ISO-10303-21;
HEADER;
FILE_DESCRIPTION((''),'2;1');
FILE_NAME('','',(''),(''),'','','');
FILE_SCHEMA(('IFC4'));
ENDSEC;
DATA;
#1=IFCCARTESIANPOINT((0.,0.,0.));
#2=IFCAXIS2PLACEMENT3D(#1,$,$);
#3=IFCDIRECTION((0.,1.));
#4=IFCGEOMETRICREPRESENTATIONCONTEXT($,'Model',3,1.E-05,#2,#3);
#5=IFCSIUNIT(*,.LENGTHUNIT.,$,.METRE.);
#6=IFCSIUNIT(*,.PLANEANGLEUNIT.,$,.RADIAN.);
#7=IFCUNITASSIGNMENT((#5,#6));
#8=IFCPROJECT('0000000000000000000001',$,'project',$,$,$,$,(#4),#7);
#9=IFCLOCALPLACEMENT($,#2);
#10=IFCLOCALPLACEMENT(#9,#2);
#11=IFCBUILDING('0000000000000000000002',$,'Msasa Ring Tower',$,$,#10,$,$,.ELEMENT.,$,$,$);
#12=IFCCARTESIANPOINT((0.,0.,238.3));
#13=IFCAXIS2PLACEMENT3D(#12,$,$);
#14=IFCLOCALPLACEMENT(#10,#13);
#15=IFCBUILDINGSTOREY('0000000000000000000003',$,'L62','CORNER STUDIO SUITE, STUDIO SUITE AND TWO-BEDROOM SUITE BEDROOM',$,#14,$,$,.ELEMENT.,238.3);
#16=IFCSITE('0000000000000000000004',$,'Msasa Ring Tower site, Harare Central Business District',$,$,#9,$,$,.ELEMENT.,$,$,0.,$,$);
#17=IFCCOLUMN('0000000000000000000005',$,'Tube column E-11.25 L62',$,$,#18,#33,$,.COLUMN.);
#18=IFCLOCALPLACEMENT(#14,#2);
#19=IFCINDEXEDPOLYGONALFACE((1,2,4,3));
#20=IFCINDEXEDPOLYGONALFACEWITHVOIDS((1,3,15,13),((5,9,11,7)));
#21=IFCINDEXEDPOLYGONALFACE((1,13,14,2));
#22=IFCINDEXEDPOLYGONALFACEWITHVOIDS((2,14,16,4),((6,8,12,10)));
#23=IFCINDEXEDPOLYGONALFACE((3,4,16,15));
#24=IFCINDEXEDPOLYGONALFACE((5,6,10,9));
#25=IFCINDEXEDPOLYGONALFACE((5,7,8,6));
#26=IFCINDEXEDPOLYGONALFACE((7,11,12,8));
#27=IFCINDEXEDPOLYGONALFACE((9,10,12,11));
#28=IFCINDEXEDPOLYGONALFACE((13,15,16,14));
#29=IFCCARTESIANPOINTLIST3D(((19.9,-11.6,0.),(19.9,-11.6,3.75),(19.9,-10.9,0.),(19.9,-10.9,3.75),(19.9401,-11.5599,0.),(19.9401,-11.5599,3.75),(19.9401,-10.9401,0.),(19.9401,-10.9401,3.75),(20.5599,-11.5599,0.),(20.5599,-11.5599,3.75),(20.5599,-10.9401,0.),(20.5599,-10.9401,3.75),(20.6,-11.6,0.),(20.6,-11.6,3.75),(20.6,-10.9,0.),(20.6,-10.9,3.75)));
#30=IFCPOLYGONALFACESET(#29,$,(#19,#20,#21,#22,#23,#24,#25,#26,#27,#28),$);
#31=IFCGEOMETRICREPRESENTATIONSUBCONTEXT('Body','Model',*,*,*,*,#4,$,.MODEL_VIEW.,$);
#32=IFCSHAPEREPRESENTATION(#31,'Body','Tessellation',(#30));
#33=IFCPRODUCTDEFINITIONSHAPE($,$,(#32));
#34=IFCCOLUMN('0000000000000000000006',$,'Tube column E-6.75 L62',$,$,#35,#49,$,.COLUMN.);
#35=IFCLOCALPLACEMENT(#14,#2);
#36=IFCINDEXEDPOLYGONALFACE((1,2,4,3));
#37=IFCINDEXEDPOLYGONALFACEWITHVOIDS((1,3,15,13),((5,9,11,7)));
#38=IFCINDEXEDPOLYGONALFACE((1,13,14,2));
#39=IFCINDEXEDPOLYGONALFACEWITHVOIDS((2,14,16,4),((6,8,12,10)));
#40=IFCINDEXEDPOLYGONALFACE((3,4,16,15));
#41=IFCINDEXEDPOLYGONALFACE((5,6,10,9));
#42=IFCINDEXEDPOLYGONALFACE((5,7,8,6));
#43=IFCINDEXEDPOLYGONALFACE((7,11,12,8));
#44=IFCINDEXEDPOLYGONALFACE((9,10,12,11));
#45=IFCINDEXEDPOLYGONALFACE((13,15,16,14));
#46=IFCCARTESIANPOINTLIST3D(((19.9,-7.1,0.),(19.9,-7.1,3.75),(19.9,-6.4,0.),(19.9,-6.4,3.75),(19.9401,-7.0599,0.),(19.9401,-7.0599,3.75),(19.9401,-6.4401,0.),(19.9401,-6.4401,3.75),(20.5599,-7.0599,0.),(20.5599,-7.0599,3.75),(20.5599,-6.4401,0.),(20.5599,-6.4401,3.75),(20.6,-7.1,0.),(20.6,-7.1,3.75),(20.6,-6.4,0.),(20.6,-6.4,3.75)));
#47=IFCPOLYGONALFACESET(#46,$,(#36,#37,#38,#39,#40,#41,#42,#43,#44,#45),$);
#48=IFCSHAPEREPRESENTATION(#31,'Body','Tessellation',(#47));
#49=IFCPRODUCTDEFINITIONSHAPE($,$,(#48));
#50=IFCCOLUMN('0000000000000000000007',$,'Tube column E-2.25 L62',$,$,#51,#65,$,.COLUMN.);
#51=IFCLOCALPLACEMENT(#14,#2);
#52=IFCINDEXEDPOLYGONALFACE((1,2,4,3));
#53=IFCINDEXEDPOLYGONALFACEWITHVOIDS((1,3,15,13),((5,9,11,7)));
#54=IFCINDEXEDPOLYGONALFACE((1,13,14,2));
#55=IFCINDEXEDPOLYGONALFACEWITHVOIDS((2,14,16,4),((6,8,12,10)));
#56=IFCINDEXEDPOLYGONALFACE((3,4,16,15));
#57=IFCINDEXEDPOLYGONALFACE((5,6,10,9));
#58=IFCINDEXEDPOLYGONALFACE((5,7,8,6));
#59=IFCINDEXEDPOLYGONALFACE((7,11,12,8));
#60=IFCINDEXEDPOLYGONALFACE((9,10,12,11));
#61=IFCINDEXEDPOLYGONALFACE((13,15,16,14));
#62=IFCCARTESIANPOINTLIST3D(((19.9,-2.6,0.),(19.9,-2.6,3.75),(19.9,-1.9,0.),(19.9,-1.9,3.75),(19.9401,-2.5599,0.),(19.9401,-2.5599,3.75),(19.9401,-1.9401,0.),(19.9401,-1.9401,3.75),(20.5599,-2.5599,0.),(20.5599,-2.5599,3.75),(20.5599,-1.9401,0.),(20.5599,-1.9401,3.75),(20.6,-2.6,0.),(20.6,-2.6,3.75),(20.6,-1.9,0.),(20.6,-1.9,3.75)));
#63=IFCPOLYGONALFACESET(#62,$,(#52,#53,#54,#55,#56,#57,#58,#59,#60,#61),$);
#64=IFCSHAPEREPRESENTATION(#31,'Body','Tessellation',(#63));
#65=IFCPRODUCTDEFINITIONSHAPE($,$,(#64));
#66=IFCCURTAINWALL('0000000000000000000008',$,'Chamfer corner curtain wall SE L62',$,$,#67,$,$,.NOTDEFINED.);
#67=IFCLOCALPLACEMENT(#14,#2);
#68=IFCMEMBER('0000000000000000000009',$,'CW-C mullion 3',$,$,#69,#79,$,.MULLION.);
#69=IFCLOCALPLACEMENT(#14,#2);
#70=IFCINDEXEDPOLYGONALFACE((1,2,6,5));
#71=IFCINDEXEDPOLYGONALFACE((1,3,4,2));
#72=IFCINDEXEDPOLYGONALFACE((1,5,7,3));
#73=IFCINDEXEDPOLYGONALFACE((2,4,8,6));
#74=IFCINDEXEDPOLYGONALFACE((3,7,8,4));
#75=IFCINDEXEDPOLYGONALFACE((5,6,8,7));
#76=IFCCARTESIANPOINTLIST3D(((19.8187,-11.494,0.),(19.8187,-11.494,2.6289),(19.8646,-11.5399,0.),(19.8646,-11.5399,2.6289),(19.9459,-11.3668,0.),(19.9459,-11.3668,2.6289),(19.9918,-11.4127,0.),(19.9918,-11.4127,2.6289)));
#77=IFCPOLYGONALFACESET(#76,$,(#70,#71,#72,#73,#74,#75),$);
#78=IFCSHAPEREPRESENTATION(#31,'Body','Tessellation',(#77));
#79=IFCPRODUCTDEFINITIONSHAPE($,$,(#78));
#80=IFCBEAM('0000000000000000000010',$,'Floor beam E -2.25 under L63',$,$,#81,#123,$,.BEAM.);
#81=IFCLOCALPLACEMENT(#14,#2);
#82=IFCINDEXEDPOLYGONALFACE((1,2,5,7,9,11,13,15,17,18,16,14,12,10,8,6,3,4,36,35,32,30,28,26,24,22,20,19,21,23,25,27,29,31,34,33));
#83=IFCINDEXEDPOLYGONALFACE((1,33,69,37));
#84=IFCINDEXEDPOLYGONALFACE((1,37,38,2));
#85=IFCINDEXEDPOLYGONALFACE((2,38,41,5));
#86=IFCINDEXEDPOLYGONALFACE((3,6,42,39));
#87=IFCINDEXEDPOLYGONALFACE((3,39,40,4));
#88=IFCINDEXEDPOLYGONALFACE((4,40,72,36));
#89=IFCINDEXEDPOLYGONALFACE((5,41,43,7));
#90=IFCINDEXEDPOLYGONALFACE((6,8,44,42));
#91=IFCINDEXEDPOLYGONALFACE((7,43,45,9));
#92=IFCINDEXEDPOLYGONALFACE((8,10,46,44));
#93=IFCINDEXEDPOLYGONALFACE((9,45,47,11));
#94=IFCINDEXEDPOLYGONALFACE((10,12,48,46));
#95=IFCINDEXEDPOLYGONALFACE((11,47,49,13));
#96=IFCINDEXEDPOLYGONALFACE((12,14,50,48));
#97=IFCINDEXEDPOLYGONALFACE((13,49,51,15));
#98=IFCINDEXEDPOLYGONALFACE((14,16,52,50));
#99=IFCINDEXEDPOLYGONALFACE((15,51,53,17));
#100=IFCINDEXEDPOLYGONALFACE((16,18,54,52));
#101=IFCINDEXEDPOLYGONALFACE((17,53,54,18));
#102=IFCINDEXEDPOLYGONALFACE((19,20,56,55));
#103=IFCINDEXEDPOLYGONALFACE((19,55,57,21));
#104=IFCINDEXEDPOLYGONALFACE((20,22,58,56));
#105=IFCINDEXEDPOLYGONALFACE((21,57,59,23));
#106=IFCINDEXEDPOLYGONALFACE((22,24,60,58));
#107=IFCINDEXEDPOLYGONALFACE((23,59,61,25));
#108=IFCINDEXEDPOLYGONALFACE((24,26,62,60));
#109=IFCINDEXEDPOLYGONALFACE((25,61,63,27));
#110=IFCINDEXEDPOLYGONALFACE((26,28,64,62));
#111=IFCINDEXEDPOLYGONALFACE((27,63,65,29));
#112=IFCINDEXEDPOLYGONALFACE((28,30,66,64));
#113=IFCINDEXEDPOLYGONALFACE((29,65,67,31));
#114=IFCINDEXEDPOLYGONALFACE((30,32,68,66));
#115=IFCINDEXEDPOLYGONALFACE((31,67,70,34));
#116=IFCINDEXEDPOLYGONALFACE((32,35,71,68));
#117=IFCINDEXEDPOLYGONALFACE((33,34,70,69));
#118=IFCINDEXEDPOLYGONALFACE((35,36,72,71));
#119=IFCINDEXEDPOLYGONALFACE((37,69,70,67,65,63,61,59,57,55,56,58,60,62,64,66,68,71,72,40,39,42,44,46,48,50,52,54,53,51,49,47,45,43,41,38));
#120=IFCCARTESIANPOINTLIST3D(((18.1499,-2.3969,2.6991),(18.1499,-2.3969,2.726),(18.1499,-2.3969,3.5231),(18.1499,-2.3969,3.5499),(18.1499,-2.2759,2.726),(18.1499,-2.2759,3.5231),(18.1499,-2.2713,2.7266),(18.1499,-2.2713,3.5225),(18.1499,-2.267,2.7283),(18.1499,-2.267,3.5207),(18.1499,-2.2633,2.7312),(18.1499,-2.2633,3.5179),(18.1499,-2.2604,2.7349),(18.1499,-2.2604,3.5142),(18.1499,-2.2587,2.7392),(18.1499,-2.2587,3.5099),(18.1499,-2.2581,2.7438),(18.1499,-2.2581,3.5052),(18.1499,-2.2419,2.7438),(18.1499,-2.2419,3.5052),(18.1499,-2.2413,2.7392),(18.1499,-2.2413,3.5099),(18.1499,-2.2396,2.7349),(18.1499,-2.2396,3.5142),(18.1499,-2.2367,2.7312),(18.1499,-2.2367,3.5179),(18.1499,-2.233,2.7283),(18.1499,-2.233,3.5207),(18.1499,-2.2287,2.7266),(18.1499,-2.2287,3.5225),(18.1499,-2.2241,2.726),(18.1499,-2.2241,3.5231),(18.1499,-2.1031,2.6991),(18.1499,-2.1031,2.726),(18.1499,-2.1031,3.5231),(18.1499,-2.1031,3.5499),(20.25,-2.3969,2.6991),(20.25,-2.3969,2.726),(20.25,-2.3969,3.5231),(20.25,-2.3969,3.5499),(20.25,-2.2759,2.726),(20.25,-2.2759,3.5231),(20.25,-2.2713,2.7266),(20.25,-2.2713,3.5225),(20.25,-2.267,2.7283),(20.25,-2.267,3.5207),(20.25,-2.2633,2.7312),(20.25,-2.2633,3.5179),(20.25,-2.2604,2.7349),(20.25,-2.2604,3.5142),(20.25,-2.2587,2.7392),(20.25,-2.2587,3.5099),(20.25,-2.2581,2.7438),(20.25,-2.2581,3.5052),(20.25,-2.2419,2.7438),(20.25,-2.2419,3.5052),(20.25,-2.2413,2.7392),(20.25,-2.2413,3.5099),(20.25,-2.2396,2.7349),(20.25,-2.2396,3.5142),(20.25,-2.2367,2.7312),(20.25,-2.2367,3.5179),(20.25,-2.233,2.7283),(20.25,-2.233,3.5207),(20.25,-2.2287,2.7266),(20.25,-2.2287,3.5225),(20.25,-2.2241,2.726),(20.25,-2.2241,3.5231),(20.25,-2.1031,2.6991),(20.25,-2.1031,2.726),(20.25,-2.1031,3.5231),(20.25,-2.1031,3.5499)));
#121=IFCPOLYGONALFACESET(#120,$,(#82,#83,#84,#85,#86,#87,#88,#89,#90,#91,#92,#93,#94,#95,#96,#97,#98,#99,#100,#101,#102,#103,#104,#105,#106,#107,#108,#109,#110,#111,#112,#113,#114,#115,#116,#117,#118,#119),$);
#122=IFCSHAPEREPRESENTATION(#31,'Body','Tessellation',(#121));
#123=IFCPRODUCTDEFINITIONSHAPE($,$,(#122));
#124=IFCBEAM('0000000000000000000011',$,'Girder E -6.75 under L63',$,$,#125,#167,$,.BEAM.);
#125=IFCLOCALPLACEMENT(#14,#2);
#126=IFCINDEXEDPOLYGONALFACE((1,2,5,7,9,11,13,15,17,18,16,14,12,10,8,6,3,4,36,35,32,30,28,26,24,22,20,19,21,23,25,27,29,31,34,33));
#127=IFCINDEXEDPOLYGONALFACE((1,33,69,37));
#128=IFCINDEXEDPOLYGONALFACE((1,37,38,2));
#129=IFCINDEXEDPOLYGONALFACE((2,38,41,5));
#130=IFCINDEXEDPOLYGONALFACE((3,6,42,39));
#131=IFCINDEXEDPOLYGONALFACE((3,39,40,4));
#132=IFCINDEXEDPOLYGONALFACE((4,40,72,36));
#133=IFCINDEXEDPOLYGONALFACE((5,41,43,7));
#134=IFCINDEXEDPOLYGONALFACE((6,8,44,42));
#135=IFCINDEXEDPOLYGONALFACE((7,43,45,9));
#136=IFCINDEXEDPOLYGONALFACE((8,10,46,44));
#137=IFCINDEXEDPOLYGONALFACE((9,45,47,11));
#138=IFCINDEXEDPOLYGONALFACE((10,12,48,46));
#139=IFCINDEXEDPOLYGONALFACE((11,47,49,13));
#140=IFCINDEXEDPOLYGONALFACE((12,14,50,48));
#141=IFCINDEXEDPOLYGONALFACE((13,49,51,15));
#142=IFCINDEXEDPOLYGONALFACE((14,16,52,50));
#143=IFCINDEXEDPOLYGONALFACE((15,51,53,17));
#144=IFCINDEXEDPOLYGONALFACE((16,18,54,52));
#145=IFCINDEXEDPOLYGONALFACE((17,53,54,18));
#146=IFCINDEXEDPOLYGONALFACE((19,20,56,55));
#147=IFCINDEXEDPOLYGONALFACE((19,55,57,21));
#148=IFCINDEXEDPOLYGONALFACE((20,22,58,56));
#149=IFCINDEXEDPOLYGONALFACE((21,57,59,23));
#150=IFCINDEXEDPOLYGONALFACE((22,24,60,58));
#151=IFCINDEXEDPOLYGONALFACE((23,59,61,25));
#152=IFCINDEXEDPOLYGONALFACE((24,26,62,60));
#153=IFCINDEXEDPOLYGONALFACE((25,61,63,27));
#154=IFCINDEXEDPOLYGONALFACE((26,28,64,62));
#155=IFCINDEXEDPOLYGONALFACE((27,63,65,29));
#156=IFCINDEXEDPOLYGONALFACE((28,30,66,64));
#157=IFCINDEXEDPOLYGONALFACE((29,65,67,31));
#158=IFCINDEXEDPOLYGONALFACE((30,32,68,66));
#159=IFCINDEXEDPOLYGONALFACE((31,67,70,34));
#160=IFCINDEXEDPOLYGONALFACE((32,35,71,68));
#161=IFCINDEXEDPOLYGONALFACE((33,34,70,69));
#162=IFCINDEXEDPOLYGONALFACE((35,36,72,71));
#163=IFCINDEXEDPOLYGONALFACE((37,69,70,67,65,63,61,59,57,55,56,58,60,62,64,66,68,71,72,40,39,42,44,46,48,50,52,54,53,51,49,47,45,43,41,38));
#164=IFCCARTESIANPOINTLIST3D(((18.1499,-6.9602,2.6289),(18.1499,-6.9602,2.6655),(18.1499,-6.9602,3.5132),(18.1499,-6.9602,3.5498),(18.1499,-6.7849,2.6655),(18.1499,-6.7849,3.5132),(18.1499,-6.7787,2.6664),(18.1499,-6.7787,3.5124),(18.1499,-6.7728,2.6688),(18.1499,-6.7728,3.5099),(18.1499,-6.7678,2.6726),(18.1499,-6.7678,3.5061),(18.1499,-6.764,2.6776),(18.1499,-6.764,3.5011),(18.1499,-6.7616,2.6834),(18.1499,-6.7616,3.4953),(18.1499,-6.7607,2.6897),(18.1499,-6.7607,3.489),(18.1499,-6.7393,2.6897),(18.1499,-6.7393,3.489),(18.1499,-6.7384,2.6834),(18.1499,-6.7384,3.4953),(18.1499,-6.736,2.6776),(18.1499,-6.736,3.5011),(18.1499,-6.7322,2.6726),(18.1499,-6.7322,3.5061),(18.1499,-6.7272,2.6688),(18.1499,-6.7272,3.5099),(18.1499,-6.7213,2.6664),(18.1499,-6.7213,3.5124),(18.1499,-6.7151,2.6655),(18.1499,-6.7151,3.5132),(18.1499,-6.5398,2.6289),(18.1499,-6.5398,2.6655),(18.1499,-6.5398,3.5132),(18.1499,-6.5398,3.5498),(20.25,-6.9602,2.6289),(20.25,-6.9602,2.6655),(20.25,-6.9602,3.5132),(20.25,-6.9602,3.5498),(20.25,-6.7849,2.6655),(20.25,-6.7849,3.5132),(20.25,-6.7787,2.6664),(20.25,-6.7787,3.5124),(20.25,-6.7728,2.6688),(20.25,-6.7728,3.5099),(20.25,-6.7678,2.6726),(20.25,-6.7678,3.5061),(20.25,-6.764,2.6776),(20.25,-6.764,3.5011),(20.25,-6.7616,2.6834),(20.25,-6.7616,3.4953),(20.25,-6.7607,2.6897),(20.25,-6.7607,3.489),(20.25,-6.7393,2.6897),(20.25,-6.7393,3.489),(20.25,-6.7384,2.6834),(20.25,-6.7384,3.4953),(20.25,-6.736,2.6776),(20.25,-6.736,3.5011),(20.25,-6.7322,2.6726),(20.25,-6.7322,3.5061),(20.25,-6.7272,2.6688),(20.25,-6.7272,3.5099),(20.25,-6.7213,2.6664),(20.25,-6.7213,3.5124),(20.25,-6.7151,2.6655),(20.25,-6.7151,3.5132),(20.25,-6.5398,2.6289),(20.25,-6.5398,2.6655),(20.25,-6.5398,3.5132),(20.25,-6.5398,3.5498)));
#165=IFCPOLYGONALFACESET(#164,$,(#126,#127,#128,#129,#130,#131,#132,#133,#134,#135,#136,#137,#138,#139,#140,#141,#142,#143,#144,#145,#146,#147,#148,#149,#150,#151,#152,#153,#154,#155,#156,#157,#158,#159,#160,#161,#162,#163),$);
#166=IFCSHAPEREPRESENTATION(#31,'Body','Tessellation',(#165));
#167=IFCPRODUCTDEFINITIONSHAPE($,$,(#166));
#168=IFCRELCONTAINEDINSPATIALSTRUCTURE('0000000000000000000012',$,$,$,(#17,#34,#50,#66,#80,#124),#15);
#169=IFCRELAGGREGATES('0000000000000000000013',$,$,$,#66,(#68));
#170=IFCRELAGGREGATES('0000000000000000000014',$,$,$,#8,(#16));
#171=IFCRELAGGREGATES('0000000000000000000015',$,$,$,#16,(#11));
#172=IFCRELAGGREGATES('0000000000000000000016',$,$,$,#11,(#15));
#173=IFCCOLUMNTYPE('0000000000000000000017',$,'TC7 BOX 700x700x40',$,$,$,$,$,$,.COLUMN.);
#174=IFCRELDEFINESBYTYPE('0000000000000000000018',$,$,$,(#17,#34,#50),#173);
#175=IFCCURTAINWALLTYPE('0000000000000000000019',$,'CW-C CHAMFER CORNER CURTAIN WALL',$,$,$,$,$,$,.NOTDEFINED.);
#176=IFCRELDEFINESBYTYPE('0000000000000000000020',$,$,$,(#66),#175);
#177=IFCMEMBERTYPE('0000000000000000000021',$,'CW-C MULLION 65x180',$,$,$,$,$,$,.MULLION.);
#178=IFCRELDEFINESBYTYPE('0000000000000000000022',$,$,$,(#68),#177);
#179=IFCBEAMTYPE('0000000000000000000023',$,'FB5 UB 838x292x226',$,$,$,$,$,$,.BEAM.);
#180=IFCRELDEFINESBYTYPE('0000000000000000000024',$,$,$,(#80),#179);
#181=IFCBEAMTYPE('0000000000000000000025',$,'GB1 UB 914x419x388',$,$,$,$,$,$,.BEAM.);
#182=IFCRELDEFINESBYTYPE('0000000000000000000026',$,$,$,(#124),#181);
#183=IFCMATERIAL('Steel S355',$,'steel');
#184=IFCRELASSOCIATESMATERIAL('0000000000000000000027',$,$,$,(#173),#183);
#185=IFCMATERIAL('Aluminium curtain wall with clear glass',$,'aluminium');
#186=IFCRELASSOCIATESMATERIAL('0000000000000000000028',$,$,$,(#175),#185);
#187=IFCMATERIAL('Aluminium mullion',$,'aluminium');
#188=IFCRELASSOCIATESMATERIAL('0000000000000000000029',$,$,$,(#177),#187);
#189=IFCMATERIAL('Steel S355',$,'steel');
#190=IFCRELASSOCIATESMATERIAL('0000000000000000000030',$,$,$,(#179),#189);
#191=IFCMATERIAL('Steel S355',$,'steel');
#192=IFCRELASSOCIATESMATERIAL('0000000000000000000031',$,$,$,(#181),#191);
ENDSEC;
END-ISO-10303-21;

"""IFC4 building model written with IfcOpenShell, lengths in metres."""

from ifc_helpers import new_model, si_unit, direction, frame, origin, origin_2d, place, context, subcontext, project, spatial, rectangle, hollow_rectangle, i_section, extrude, material, material_profile, profile_set, type_object, element, aggregate, save


model = new_model("IFC4")

# Units and contexts
model_context = context("Model", 3, precision=1e-05, world=origin(), true_north=direction((0.0, 1.0)))
body_context = subcontext(model_context, "Body", "Model", "MODEL_VIEW")
ifc_project = project(units=[si_unit("LENGTHUNIT", "METRE"), si_unit("PLANEANGLEUNIT", "RADIAN")], contexts=[model_context])

# Site, building, storey
site_placement = place(None, origin())
site = spatial("IfcSite", under=ifc_project, at=site_placement, Name="Msasa Ring Tower site, Harare Central Business District", CompositionType="ELEMENT", RefElevation=0.0)
building_placement = place(site_placement, origin())
building = spatial("IfcBuilding", under=site, at=building_placement, Name="Msasa Ring Tower", CompositionType="ELEMENT")
storey_placement = place(building_placement, frame((0.0, 0.0, 238.3)))
storey = spatial("IfcBuildingStorey", under=building, at=storey_placement, Name="L62", Description="CORNER STUDIO SUITE, STUDIO SUITE AND TWO-BEDROOM SUITE BEDROOM", CompositionType="ELEMENT", Elevation=238.3)

# Columns
ifc_material_1 = material(Name="Steel S355", Category="steel")
ifc_material_profile_1 = material_profile(ifc_material_1, hollow_rectangle(XDim=0.7, YDim=0.7, WallThickness=0.04, at=origin_2d()), Name="BOX 700x700x40")
ifc_profile_set_1 = profile_set([ifc_material_profile_1], Name="Steel S355")
column_type = type_object("IfcColumnType", Name="TC7 BOX 700x700x40", PredefinedType="COLUMN", material=ifc_profile_set_1)
for number, where, z_axis, x_axis, name in (
    (1, (20.25, -11.25, 0.0), (0.0, 0.0, 1.0), (1.0, 0.0, 0.0), "Tube column E-11.25 L62"),
    (2, (20.25, -6.75, 0.0), (0.0, 0.0, 1.0), (1.0, 0.0, 0.0), "Tube column E-6.75 L62"),
    (3, (20.25, -2.25, 0.0), (0.0, 0.0, 1.0), (1.0, 0.0, 0.0), "Tube column E-2.25 L62"),
):
    element("IfcColumn", number, at=place(storey_placement, frame(where, z_axis=z_axis, x_axis=x_axis)), inside=storey, type_object=column_type, Name=name, PredefinedType="COLUMN", context=body_context, shape_type="SweptSolid", body=[
        extrude(hollow_rectangle(XDim=0.7, YDim=0.7, WallThickness=0.04, at=origin_2d()), origin(), (0.0, 0.0, 1.0), 3.75),
    ])

# Curtain wall, member
ifc_material_2 = material(Name="Aluminium curtain wall with clear glass", Category="aluminium")
curtain_wall_type = type_object("IfcCurtainWallType", Name="CW-C CHAMFER CORNER CURTAIN WALL", PredefinedType="NOTDEFINED", material=ifc_material_2)
curtain_wall_placement = place(storey_placement, origin())
curtain_wall = element("IfcCurtainWall", 4, at=curtain_wall_placement, inside=storey, type_object=curtain_wall_type, Name="Chamfer corner curtain wall SE L62", PredefinedType="NOTDEFINED")
ifc_material_3 = material(Name="Aluminium mullion", Category="aluminium")
ifc_material_profile_2 = material_profile(ifc_material_3, rectangle(XDim=0.0649, YDim=0.1799, at=origin_2d()), Name="AL 65x180")
ifc_profile_set_2 = profile_set([ifc_material_profile_2], Name="Aluminium mullion")
member_type = type_object("IfcMemberType", Name="CW-C MULLION 65x180", PredefinedType="MULLION", material=ifc_profile_set_2)
member_placement = place(storey_placement, frame((19.9053, -11.4534, 0.0), z_axis=(0.0, 0.0, 1.0), x_axis=(-0.707107, 0.707107, 0.0)))
member = element("IfcMember", 5, at=member_placement, type_object=member_type, Name="CW-C mullion 3", PredefinedType="MULLION", context=body_context, shape_type="SweptSolid", body=[
    extrude(rectangle(XDim=0.0649, YDim=0.1799, at=origin_2d()), origin(), (0.0, 0.0, 1.0), 2.6289),
])

# Beams
ifc_material_4 = material(Name="Steel S355", Category="steel")
ifc_material_profile_3 = material_profile(ifc_material_4, i_section(OverallWidth=0.2937, OverallDepth=0.8508, WebThickness=0.0161, FlangeThickness=0.0269, FilletRadius=0.0178, at=origin_2d()), Name="UB 838x292x226")
ifc_profile_set_3 = profile_set([ifc_material_profile_3], Name="Steel S355")
beam_type_1 = type_object("IfcBeamType", Name="FB5 UB 838x292x226", PredefinedType="BEAM", material=ifc_profile_set_3)
beam_1_placement = place(storey_placement, frame((20.25, -2.25, 3.1245), z_axis=(-1.0, 0.0, 0.0), x_axis=(0.0, -1.0, 0.0)))
element("IfcBeam", 6, at=beam_1_placement, inside=storey, type_object=beam_type_1, Name="Floor beam E -2.25 under L63", PredefinedType="BEAM", context=body_context, shape_type="SweptSolid", body=[
    extrude(i_section(OverallWidth=0.2937, OverallDepth=0.8508, WebThickness=0.0161, FlangeThickness=0.0269, FilletRadius=0.0178, at=origin_2d()), origin(), (0.0, 0.0, 1.0), 2.1001),
])
ifc_material_5 = material(Name="Steel S355", Category="steel")
ifc_material_profile_4 = material_profile(ifc_material_5, i_section(OverallWidth=0.4204, OverallDepth=0.9209, WebThickness=0.0215, FlangeThickness=0.0366, FilletRadius=0.0242, at=origin_2d()), Name="UB 914x419x388")
ifc_profile_set_4 = profile_set([ifc_material_profile_4], Name="Steel S355")
beam_type_2 = type_object("IfcBeamType", Name="GB1 UB 914x419x388", PredefinedType="BEAM", material=ifc_profile_set_4)
beam_2_placement = place(storey_placement, frame((18.1499, -6.75, 3.0894), z_axis=(1.0, 0.0, 0.0), x_axis=(0.0, 1.0, 0.0)))
element("IfcBeam", 7, at=beam_2_placement, inside=storey, type_object=beam_type_2, Name="Girder E -6.75 under L63", PredefinedType="BEAM", context=body_context, shape_type="SweptSolid", body=[
    extrude(i_section(OverallWidth=0.4204, OverallDepth=0.9209, WebThickness=0.0215, FlangeThickness=0.0366, FilletRadius=0.0242, at=origin_2d()), origin(), (0.0, 0.0, 1.0), 2.1001),
])

aggregate(curtain_wall, [member])

save(model, "model.ifc")
